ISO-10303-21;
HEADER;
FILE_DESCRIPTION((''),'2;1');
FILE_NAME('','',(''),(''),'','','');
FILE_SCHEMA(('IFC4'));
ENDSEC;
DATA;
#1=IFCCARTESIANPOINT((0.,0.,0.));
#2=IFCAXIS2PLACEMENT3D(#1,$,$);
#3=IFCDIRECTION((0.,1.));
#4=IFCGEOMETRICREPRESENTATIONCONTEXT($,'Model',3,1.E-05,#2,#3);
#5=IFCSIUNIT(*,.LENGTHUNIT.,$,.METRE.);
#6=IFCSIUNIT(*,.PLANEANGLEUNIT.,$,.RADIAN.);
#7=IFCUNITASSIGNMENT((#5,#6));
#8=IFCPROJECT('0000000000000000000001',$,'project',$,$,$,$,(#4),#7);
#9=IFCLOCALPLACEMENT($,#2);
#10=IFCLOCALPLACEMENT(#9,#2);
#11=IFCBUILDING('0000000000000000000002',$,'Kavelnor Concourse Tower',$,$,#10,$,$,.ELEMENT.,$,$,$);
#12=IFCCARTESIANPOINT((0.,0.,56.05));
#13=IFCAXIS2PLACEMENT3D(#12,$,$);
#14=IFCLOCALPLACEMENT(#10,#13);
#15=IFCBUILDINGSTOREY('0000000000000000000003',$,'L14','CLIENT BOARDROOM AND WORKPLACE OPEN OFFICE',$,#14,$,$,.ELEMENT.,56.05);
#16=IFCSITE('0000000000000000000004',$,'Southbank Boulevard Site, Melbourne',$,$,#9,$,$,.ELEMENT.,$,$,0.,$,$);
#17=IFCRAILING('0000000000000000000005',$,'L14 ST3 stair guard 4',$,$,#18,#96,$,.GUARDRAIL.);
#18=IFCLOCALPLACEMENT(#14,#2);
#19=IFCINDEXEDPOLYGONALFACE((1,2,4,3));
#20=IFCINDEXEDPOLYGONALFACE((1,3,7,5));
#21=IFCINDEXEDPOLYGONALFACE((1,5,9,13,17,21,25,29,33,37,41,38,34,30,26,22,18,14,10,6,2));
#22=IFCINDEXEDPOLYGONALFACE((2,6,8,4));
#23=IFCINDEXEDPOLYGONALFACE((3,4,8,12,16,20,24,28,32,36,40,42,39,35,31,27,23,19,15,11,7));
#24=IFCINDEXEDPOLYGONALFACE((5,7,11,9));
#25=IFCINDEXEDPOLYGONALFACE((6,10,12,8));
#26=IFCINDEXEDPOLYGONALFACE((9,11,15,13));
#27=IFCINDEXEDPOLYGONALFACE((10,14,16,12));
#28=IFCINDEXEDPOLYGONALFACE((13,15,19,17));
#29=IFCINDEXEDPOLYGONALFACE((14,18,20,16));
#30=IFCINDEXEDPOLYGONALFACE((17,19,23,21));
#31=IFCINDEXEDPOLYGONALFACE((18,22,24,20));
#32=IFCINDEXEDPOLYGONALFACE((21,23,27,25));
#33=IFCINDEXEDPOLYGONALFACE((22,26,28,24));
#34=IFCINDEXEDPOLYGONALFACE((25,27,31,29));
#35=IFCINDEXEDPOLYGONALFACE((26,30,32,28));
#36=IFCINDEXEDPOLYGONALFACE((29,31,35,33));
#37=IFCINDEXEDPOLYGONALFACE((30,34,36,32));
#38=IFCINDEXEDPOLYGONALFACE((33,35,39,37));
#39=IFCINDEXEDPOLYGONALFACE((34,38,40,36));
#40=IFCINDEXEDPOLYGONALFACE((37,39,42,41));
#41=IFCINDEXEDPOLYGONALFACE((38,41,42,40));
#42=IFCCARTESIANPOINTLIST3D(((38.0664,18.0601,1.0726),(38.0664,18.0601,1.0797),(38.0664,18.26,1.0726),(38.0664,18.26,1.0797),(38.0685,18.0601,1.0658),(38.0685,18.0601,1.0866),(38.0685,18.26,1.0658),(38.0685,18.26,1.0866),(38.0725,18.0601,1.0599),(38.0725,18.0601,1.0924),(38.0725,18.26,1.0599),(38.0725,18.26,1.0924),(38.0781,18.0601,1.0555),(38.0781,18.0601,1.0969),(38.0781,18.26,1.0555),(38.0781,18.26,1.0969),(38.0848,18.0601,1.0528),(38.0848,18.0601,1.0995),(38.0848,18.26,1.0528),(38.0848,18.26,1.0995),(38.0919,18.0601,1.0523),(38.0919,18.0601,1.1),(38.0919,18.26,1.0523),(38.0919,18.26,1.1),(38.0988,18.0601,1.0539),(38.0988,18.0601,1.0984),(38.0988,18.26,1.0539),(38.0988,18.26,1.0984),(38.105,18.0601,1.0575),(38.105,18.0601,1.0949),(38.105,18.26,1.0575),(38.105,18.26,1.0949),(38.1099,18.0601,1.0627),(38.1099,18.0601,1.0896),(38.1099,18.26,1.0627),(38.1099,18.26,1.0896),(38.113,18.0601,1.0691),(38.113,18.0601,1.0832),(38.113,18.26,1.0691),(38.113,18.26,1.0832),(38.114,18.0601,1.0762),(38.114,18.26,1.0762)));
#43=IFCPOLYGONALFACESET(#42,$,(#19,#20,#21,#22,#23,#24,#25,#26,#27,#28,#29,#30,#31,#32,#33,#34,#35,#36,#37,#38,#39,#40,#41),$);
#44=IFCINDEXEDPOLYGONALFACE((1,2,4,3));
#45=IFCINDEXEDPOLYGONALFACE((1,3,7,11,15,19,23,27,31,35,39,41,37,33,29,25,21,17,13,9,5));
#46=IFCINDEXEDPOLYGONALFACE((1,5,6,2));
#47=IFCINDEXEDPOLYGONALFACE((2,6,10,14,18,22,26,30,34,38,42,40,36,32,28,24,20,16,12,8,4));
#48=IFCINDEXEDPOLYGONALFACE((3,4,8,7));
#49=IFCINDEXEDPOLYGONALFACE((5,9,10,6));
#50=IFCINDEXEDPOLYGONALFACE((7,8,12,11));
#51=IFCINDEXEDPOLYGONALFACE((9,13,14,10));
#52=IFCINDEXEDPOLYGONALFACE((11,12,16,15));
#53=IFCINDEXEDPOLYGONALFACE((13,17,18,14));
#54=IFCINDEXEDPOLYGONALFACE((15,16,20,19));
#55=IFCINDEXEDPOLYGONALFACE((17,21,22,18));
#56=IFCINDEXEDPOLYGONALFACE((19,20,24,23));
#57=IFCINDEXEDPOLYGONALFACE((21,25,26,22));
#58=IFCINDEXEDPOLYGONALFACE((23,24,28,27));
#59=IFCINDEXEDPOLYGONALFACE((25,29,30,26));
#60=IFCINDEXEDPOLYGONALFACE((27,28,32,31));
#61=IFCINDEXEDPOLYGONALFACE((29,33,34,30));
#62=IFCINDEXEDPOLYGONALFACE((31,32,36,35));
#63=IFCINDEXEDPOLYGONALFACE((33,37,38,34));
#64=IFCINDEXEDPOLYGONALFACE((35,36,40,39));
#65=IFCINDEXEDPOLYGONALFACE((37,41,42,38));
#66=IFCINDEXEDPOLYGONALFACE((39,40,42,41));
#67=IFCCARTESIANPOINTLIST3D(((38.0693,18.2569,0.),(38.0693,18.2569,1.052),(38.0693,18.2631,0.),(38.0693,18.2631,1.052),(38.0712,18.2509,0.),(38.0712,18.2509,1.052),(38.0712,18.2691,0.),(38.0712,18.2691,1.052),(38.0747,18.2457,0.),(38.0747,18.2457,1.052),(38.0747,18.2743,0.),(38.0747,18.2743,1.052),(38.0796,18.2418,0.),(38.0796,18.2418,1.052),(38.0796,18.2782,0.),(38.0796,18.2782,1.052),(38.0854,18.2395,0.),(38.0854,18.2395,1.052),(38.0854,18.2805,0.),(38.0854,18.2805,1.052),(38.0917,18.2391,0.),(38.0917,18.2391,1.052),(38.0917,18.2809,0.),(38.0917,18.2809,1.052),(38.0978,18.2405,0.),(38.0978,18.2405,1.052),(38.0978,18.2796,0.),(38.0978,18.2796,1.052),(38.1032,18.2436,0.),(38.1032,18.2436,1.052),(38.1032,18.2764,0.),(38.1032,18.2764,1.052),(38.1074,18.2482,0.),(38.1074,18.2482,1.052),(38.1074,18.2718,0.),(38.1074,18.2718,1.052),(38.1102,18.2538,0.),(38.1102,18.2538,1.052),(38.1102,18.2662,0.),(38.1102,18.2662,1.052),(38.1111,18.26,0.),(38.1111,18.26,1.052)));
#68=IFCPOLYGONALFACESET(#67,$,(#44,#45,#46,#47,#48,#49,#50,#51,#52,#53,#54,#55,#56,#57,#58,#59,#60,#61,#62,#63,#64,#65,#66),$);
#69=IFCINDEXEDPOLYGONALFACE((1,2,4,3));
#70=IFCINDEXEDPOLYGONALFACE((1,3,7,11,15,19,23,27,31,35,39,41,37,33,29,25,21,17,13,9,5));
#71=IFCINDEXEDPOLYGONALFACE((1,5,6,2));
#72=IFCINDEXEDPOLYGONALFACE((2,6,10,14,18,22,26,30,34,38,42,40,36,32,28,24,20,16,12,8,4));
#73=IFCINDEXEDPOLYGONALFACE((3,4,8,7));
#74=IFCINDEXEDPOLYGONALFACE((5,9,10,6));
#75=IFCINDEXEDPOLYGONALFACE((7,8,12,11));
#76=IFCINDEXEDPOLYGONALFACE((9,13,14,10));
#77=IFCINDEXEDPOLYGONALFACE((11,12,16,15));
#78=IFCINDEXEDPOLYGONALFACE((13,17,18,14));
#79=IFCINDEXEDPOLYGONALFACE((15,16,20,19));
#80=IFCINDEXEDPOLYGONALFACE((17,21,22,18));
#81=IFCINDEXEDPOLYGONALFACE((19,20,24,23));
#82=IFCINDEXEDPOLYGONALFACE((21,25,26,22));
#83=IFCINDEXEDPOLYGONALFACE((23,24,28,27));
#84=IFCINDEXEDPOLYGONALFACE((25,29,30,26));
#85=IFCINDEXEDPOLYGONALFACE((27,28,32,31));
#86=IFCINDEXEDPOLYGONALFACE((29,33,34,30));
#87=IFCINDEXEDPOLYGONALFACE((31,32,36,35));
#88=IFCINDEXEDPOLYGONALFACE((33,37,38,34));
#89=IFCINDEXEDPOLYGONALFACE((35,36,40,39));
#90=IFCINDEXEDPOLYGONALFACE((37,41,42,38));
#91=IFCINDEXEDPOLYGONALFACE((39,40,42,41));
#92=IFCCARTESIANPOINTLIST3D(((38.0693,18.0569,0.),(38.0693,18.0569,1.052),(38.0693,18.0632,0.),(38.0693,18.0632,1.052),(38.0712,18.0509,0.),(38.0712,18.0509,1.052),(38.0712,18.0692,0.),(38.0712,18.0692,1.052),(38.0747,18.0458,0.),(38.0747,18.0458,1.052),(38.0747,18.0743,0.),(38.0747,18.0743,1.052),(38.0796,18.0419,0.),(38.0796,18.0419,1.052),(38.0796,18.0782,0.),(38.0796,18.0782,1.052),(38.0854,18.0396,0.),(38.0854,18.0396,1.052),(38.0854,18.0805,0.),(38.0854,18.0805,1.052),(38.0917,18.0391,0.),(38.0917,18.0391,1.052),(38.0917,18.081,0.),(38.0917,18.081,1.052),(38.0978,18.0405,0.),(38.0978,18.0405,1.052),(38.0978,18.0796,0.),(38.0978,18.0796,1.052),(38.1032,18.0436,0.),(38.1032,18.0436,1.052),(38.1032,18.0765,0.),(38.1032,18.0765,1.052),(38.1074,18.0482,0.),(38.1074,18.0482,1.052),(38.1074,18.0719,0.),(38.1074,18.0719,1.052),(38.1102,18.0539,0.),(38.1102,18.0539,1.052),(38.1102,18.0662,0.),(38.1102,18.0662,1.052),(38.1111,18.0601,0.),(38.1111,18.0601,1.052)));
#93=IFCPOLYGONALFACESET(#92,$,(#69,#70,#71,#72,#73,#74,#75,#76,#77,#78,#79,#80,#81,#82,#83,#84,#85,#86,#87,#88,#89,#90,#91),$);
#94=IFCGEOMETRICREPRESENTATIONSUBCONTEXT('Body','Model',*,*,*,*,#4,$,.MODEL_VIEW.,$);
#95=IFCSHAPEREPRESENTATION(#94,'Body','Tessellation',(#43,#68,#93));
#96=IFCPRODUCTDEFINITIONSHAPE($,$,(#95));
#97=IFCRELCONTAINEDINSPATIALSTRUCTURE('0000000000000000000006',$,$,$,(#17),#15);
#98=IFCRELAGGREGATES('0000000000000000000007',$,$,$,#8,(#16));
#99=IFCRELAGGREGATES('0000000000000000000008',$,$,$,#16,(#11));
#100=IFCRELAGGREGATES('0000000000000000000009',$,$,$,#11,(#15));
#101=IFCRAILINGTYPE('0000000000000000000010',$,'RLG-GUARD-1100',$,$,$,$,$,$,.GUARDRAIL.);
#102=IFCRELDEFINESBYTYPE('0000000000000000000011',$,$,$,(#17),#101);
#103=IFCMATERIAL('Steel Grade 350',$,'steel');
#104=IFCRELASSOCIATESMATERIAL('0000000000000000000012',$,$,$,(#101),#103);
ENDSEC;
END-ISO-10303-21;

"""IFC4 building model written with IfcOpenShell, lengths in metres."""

from ifc_helpers import new_model, si_unit, direction, frame, origin, origin_2d, place, context, subcontext, project, spatial, circle, extrude, material, type_object, element, save


model = new_model("IFC4")

# Units and contexts
model_context = context("Model", 3, precision=1e-05, world=origin(), true_north=direction((0.0, 1.0)))
body_context = subcontext(model_context, "Body", "Model", "MODEL_VIEW")
ifc_project = project(units=[si_unit("LENGTHUNIT", "METRE"), si_unit("PLANEANGLEUNIT", "RADIAN")], contexts=[model_context])

# Site, building, storey
site_placement = place(None, origin())
site = spatial("IfcSite", under=ifc_project, at=site_placement, Name="Southbank Boulevard Site, Melbourne", CompositionType="ELEMENT", RefElevation=0.0)
building_placement = place(site_placement, origin())
building = spatial("IfcBuilding", under=site, at=building_placement, Name="Kavelnor Concourse Tower", CompositionType="ELEMENT")
storey_placement = place(building_placement, frame((0.0, 0.0, 56.05)))
storey = spatial("IfcBuildingStorey", under=building, at=storey_placement, Name="L14", Description="CLIENT BOARDROOM AND WORKPLACE OPEN OFFICE", CompositionType="ELEMENT", Elevation=56.05)

# Shared definitions
ifc_material_1 = material(Name="Steel Grade 350", Category="steel")

# Railing
railing_type_1 = type_object("IfcRailingType", Name="RLG-GUARD-1100", PredefinedType="GUARDRAIL", material=ifc_material_1)
railing_1_placement = place(storey_placement, frame((38.0901, 18.26, 0.0)))
element("IfcRailing", 1, at=railing_1_placement, inside=storey, type_object=railing_type_1, Name="L14 ST3 stair guard 4", PredefinedType="GUARDRAIL", context=body_context, shape_type="SweptSolid", body=[
    extrude(circle(Radius=0.0239, at=origin_2d()), frame((0.0, 0.0, 1.0762), z_axis=(0.0, -1.0, 0.0), x_axis=(1.0, 0.0, 0.0)), (0.0, 0.0, 1.0), 0.2),
    extrude(circle(Radius=0.021, at=origin_2d()), origin(), (0.0, 0.0, 1.0), 1.052),
    extrude(circle(Radius=0.021, at=origin_2d()), frame((0.0, -0.2, 0.0)), (0.0, 0.0, 1.0), 1.052),
])

save(model, "model.ifc")
